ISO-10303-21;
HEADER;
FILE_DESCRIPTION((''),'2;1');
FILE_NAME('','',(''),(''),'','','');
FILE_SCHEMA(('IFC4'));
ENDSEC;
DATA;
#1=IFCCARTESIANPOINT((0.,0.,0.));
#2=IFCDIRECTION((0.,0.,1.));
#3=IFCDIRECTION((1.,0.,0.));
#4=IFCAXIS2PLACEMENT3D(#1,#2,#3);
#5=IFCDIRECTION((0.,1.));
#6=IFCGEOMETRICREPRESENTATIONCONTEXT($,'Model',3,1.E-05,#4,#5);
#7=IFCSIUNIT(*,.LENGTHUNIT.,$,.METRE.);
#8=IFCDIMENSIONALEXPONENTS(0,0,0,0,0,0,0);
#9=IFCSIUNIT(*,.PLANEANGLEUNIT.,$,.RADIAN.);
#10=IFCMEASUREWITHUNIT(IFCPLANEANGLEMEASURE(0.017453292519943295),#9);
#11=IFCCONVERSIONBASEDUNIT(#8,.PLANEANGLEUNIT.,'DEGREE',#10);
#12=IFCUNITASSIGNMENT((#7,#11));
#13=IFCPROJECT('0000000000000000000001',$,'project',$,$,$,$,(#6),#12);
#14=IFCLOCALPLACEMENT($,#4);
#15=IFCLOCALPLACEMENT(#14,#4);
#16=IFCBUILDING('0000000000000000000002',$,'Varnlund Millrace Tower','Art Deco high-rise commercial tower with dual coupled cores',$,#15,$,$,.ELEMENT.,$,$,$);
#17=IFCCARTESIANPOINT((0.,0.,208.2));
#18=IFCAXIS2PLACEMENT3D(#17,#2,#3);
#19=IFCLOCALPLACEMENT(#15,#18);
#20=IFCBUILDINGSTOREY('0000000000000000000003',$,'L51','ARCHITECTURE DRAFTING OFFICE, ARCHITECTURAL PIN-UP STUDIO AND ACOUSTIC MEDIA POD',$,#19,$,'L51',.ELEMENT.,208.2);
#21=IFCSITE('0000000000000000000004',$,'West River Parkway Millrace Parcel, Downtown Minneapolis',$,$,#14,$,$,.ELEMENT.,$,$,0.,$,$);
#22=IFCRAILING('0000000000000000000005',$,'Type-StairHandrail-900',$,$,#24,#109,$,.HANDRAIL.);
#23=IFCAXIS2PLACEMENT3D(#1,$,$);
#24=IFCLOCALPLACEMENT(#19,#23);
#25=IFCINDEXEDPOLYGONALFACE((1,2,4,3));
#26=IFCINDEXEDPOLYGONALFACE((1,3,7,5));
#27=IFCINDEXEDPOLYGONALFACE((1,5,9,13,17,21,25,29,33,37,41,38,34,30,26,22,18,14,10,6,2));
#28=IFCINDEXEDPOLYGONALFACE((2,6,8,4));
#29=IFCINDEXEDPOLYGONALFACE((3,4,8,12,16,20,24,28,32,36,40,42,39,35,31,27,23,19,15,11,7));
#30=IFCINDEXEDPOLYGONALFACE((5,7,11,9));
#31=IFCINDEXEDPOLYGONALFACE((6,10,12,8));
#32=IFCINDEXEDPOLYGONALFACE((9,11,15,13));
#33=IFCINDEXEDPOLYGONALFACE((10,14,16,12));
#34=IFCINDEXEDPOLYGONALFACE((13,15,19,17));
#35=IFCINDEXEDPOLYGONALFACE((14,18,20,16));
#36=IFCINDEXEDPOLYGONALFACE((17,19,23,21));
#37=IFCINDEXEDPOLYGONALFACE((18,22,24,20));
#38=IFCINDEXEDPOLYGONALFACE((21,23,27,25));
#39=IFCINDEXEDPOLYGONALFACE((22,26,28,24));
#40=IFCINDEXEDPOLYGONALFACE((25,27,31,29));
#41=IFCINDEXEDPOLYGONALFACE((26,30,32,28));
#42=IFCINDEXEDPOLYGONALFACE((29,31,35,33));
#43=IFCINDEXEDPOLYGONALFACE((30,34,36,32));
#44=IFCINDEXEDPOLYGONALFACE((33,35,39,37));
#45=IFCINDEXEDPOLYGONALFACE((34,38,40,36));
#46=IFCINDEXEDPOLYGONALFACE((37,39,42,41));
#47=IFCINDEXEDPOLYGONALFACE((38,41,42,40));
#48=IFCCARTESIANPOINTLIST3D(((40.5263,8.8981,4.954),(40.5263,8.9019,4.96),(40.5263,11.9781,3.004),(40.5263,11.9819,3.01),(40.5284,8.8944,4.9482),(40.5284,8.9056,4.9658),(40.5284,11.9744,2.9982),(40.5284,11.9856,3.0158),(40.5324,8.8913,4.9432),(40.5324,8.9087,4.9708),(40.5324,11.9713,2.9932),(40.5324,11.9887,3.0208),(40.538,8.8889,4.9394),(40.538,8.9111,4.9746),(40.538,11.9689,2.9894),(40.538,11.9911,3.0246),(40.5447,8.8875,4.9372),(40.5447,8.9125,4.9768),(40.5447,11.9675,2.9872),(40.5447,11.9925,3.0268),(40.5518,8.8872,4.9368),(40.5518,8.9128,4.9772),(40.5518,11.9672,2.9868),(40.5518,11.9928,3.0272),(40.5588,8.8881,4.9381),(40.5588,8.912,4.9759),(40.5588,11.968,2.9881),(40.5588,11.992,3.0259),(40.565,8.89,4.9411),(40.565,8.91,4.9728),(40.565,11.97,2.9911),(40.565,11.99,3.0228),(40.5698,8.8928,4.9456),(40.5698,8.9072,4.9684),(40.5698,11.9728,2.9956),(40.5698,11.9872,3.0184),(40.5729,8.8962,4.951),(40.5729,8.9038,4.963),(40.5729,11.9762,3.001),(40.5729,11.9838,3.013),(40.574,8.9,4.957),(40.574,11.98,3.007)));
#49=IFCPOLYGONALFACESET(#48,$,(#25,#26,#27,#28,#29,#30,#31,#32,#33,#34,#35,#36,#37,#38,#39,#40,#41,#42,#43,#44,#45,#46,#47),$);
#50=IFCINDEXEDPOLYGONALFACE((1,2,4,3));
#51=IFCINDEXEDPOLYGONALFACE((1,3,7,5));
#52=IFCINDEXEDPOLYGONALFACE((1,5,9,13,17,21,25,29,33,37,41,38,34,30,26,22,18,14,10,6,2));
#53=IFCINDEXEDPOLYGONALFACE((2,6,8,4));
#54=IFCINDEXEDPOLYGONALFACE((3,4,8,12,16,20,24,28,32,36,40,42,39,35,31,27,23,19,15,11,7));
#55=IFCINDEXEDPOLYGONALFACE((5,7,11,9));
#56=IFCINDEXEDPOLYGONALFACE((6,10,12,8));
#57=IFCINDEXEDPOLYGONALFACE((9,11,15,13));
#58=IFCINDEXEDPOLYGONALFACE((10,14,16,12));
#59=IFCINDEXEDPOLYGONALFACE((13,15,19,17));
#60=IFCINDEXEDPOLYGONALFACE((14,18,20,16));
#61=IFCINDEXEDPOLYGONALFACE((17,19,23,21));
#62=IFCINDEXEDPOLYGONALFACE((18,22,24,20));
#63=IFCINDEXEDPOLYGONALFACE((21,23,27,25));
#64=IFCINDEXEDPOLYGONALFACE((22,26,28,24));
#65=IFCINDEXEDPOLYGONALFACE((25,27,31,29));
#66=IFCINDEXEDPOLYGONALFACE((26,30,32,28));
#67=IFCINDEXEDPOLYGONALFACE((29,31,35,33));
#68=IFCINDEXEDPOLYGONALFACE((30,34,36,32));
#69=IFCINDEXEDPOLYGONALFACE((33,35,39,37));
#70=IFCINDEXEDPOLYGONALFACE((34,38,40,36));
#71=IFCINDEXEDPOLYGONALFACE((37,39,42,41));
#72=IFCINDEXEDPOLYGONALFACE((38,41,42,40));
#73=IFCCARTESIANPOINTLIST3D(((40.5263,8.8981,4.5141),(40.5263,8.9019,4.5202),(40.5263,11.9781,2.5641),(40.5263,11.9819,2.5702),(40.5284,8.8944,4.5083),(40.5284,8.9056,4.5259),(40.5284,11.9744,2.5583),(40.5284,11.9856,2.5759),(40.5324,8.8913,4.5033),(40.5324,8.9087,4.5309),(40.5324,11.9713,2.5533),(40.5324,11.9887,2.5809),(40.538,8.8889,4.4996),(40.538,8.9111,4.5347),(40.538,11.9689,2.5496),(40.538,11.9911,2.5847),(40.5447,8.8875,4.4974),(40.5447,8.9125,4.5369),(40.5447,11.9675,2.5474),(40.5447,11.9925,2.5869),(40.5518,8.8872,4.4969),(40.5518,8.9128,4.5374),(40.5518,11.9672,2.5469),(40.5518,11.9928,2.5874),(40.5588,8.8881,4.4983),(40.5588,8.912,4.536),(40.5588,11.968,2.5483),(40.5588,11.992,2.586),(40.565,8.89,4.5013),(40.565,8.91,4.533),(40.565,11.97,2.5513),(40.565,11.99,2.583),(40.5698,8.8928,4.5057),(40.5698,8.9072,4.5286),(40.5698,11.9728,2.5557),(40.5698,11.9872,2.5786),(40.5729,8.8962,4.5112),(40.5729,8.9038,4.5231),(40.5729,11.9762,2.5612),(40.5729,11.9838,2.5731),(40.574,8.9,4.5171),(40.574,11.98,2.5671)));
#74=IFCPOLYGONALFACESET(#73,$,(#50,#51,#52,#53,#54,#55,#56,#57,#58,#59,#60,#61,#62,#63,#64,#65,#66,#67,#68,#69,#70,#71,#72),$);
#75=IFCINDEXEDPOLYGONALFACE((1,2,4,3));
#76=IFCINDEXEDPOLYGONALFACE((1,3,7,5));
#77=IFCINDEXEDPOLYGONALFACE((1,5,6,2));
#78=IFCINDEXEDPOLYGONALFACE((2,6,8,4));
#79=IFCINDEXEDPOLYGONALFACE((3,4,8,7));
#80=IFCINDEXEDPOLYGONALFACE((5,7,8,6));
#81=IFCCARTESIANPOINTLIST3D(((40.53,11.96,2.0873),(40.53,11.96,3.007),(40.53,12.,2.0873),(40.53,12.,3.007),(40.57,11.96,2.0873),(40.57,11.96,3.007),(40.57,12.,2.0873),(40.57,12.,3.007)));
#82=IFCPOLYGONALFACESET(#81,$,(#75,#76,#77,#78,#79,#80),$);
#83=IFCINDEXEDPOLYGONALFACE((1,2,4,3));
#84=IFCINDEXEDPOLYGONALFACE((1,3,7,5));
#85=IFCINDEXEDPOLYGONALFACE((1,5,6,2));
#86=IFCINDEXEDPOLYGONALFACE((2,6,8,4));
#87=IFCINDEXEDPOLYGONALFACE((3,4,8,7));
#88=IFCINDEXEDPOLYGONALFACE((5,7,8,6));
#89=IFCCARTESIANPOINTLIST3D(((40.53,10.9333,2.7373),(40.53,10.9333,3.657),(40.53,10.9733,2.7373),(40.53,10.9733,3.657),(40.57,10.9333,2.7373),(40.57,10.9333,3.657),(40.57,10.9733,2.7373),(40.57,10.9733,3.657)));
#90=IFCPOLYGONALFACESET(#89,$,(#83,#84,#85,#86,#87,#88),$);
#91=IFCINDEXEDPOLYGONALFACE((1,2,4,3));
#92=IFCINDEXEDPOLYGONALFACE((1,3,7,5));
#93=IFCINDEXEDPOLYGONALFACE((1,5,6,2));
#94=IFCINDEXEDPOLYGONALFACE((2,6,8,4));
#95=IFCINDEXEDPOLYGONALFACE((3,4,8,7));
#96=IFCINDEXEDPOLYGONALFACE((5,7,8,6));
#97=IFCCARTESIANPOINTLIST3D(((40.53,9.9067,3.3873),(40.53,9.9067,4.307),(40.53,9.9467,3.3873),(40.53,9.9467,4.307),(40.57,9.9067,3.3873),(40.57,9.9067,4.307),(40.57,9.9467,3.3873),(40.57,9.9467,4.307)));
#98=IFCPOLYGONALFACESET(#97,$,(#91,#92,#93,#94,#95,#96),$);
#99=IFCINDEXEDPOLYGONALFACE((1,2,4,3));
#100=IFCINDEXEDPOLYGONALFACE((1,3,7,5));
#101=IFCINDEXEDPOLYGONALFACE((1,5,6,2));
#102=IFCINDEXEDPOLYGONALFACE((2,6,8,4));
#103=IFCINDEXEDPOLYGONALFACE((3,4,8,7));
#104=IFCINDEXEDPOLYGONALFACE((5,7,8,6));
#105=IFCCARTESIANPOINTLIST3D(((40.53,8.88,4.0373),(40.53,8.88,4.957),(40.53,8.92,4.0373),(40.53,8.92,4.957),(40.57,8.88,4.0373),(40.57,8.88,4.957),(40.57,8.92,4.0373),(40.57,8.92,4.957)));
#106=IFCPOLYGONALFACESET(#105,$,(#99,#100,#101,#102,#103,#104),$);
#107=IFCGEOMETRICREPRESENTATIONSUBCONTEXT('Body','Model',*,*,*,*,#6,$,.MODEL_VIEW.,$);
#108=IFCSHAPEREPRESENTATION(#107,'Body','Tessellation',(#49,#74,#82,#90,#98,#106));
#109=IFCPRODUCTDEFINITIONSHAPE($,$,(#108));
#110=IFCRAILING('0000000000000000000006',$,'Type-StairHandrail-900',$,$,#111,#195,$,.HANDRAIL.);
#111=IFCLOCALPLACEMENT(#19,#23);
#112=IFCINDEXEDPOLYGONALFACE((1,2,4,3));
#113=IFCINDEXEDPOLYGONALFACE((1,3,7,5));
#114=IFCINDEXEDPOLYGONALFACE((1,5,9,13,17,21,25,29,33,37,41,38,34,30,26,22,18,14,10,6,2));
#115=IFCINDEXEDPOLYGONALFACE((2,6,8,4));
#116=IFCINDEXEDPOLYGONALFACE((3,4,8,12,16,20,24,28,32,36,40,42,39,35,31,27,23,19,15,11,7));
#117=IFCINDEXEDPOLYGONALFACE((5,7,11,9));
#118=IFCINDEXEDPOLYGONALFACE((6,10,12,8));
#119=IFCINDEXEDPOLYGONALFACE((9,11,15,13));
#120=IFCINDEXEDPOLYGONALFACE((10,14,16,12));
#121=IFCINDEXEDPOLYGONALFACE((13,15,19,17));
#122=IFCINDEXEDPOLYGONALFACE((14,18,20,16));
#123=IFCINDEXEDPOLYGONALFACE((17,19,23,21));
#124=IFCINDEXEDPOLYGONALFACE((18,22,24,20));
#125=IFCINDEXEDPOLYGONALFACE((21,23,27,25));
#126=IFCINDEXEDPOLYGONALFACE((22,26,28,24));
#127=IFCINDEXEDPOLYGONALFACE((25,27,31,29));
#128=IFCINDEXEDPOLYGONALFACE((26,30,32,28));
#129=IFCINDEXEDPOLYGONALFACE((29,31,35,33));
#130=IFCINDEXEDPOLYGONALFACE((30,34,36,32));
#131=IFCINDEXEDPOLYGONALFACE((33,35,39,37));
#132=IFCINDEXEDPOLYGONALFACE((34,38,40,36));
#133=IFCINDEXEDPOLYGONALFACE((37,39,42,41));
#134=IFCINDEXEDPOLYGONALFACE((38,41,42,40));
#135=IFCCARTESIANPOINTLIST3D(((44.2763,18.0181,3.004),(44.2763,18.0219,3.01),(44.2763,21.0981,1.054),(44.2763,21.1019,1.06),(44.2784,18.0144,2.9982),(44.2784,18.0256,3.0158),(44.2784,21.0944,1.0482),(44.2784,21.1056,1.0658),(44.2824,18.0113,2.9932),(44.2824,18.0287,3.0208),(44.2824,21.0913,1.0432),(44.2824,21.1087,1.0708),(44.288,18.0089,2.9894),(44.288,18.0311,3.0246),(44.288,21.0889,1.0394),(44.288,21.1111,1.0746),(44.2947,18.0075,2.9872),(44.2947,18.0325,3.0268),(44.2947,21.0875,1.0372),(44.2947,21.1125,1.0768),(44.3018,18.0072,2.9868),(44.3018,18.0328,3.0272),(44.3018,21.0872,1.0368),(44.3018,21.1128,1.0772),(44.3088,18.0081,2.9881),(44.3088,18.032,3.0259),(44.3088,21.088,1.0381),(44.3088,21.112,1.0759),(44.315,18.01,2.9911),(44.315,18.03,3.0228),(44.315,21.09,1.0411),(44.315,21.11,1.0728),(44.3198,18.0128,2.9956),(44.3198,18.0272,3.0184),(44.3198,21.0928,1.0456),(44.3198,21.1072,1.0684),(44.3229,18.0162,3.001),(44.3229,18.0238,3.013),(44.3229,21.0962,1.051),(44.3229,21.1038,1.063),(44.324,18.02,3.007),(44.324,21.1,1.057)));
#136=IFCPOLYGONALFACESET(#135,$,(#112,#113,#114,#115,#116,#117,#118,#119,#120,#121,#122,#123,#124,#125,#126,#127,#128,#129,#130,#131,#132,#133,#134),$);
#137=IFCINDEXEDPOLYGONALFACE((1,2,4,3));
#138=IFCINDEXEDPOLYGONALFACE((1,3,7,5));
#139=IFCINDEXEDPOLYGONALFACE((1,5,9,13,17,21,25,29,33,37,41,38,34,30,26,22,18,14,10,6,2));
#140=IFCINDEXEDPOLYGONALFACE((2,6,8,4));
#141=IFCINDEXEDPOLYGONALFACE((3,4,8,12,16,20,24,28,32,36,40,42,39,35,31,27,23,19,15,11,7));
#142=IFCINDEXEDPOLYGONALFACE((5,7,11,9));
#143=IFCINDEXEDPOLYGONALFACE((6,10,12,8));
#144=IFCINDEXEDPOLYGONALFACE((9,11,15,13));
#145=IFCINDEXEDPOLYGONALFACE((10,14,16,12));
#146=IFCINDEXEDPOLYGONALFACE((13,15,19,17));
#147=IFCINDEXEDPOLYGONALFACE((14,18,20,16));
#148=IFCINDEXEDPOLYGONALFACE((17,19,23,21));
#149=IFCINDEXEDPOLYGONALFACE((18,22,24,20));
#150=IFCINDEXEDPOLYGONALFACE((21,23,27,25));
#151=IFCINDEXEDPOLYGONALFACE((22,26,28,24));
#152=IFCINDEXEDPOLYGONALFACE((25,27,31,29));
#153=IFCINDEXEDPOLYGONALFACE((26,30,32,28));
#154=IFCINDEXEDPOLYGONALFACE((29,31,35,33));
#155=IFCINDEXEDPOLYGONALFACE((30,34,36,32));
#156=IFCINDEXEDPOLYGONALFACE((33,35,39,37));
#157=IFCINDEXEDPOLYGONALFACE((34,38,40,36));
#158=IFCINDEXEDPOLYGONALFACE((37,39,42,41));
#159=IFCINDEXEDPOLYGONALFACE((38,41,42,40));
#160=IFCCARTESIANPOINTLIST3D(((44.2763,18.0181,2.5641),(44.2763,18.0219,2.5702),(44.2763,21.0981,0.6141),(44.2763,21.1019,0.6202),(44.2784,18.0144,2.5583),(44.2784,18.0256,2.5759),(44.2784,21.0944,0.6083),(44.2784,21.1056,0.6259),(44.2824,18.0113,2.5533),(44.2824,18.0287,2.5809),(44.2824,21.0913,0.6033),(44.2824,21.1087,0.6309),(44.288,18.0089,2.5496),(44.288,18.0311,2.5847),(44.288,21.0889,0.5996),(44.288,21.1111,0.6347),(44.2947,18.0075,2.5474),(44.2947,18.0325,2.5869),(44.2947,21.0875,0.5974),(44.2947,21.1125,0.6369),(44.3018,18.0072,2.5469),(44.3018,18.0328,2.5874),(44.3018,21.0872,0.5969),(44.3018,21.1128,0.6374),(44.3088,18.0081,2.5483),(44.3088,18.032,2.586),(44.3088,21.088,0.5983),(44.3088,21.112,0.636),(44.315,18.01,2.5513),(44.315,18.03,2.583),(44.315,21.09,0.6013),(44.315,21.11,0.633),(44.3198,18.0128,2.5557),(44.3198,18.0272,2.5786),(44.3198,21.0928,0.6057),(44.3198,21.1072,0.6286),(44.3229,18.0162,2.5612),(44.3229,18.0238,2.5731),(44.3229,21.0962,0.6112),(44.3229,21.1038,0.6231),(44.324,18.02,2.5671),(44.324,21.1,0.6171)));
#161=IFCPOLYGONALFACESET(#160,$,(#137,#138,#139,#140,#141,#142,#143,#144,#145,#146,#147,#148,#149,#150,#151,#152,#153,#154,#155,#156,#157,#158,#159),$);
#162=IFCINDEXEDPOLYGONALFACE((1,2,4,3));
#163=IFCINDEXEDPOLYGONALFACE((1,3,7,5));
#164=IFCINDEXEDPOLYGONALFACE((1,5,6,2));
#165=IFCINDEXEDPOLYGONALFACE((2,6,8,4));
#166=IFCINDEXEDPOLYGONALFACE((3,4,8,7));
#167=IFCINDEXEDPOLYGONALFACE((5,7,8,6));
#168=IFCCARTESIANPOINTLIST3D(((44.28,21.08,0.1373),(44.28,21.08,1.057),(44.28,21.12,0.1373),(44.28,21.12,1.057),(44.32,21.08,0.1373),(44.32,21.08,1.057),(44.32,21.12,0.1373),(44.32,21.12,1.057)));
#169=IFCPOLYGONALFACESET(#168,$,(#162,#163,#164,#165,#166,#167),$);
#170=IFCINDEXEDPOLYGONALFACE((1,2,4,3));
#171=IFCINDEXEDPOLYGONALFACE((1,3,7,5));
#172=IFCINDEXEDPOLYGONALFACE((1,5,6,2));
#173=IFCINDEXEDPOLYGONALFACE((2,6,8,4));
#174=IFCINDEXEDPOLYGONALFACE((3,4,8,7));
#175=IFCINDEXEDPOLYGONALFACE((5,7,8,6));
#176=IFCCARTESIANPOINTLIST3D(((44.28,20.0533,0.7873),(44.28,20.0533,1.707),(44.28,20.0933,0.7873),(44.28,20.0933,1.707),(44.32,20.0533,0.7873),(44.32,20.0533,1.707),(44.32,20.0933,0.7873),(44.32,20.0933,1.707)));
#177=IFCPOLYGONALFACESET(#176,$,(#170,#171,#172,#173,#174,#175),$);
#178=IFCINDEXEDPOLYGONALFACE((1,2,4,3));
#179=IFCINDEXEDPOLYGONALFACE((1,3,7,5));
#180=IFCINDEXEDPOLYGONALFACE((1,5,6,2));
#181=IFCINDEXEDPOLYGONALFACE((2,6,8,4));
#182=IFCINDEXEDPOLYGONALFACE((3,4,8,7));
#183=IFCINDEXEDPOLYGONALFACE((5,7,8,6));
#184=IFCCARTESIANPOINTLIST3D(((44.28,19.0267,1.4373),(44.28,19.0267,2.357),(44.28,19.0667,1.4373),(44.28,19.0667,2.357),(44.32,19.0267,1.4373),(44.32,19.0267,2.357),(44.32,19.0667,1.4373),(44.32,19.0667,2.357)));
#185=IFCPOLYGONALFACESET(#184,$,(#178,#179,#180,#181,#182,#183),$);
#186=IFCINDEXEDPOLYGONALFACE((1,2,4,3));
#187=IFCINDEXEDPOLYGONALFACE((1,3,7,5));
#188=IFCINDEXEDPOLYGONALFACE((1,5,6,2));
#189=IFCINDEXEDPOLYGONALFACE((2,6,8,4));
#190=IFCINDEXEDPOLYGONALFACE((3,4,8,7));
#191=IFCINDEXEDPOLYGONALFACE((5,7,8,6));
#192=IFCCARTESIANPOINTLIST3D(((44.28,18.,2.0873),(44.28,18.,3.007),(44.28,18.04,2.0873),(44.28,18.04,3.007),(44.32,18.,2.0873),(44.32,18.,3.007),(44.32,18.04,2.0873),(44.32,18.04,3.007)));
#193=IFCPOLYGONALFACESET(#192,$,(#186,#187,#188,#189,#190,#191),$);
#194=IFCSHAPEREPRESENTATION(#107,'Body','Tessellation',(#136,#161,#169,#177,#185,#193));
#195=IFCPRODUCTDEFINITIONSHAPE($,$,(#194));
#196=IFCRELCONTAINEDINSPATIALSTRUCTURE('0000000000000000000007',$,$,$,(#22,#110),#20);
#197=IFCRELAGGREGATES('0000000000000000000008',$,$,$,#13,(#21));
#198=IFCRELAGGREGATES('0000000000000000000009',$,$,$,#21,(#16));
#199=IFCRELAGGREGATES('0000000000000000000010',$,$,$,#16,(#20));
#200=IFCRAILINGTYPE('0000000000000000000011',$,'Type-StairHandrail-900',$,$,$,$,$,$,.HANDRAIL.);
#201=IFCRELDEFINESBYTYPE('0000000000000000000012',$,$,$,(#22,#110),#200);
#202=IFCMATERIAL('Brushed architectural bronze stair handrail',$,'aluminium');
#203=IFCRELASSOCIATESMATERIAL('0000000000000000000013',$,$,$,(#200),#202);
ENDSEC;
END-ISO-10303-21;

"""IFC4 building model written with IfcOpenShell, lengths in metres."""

from ifc_helpers import new_model, entity, si_unit, converted_unit, direction, frame, origin_with_axes, origin_2d_with_axis, place, context, subcontext, project, spatial, rectangle, circle, extrude, material, type_object, element, save


model = new_model("IFC4")

# Units and contexts
model_context = context("Model", 3, precision=1e-05, world=origin_with_axes(), true_north=direction((0.0, 1.0)))
body_context = subcontext(model_context, "Body", "Model", "MODEL_VIEW")
ifc_project = project(units=[si_unit("LENGTHUNIT", "METRE"), converted_unit("PLANEANGLEUNIT", "DEGREE", entity("IfcPlaneAngleMeasure", 0.017453292519943295), si_unit("PLANEANGLEUNIT", "RADIAN"), dimensions=[0, 0, 0, 0, 0, 0, 0])], contexts=[model_context])

# Site, building, storey
site_placement = place(None, origin_with_axes())
site = spatial("IfcSite", under=ifc_project, at=site_placement, Name="West River Parkway Millrace Parcel, Downtown Minneapolis", CompositionType="ELEMENT", RefElevation=0.0)
building_placement = place(site_placement, origin_with_axes())
building = spatial("IfcBuilding", under=site, at=building_placement, Name="Varnlund Millrace Tower", Description="Art Deco high-rise commercial tower with dual coupled cores", CompositionType="ELEMENT")
storey_placement = place(building_placement, frame((0.0, 0.0, 208.2), z_axis=(0.0, 0.0, 1.0), x_axis=(1.0, 0.0, 0.0)))
storey = spatial("IfcBuildingStorey", under=building, at=storey_placement, Name="L51", Description="ARCHITECTURE DRAFTING OFFICE, ARCHITECTURAL PIN-UP STUDIO AND ACOUSTIC MEDIA POD", LongName="L51", CompositionType="ELEMENT", Elevation=208.2)

# Railings
ifc_material_1 = material(Name="Brushed architectural bronze stair handrail", Category="aluminium")
railing_type_1 = type_object("IfcRailingType", Name="Type-StairHandrail-900", PredefinedType="HANDRAIL", material=ifc_material_1)
railing_1_placement = place(storey_placement, frame((0.0, 0.0, -208.2), z_axis=(0.0, 0.0, 1.0), x_axis=(1.0, 0.0, 0.0)))
element("IfcRailing", 1, at=railing_1_placement, inside=storey, type_object=railing_type_1, Name="Type-StairHandrail-900", PredefinedType="HANDRAIL", context=body_context, shape_type="SweptSolid", body=[
    extrude(circle(Radius=0.024, at=origin_2d_with_axis()), frame((40.55, 11.98, 211.207), z_axis=(0.0, -0.844902, 0.534922), x_axis=(1.0, 0.0, 0.0)), (0.0, 0.0, 1.0), 3.6454),
    extrude(circle(Radius=0.024, at=origin_2d_with_axis()), frame((40.55, 11.98, 210.7671), z_axis=(0.0, -0.844902, 0.534922), x_axis=(1.0, 0.0, 0.0)), (0.0, 0.0, 1.0), 3.6454),
    extrude(rectangle(XDim=0.04, YDim=0.04, at=origin_2d_with_axis()), frame((40.55, 11.98, 210.2873), z_axis=(0.0, 0.0, 1.0), x_axis=(1.0, 0.0, 0.0)), (0.0, 0.0, 1.0), 0.9197),
    extrude(rectangle(XDim=0.04, YDim=0.04, at=origin_2d_with_axis()), frame((40.55, 10.9533, 210.9373), z_axis=(0.0, 0.0, 1.0), x_axis=(1.0, 0.0, 0.0)), (0.0, 0.0, 1.0), 0.9197),
    extrude(rectangle(XDim=0.04, YDim=0.04, at=origin_2d_with_axis()), frame((40.55, 9.9267, 211.5873), z_axis=(0.0, 0.0, 1.0), x_axis=(1.0, 0.0, 0.0)), (0.0, 0.0, 1.0), 0.9197),
    extrude(rectangle(XDim=0.04, YDim=0.04, at=origin_2d_with_axis()), frame((40.55, 8.9, 212.2373), z_axis=(0.0, 0.0, 1.0), x_axis=(1.0, 0.0, 0.0)), (0.0, 0.0, 1.0), 0.9197),
])
railing_2_placement = place(storey_placement, frame((0.0, 0.0, -208.2), z_axis=(0.0, 0.0, 1.0), x_axis=(1.0, 0.0, 0.0)))
element("IfcRailing", 2, at=railing_2_placement, inside=storey, type_object=railing_type_1, Name="Type-StairHandrail-900", PredefinedType="HANDRAIL", context=body_context, shape_type="SweptSolid", body=[
    extrude(circle(Radius=0.024, at=origin_2d_with_axis()), frame((44.3, 21.1, 209.257), z_axis=(0.0, -0.844902, 0.534922), x_axis=(1.0, 0.0, 0.0)), (0.0, 0.0, 1.0), 3.6454),
    extrude(circle(Radius=0.024, at=origin_2d_with_axis()), frame((44.3, 21.1, 208.8171), z_axis=(0.0, -0.844902, 0.534922), x_axis=(1.0, 0.0, 0.0)), (0.0, 0.0, 1.0), 3.6454),
    extrude(rectangle(XDim=0.04, YDim=0.04, at=origin_2d_with_axis()), frame((44.3, 21.1, 208.3373), z_axis=(0.0, 0.0, 1.0), x_axis=(1.0, 0.0, 0.0)), (0.0, 0.0, 1.0), 0.9197),
    extrude(rectangle(XDim=0.04, YDim=0.04, at=origin_2d_with_axis()), frame((44.3, 20.0733, 208.9873), z_axis=(0.0, 0.0, 1.0), x_axis=(1.0, 0.0, 0.0)), (0.0, 0.0, 1.0), 0.9197),
    extrude(rectangle(XDim=0.04, YDim=0.04, at=origin_2d_with_axis()), frame((44.3, 19.0467, 209.6373), z_axis=(0.0, 0.0, 1.0), x_axis=(1.0, 0.0, 0.0)), (0.0, 0.0, 1.0), 0.9197),
    extrude(rectangle(XDim=0.04, YDim=0.04, at=origin_2d_with_axis()), frame((44.3, 18.02, 210.2873), z_axis=(0.0, 0.0, 1.0), x_axis=(1.0, 0.0, 0.0)), (0.0, 0.0, 1.0), 0.9197),
])

save(model, "model.ifc")
